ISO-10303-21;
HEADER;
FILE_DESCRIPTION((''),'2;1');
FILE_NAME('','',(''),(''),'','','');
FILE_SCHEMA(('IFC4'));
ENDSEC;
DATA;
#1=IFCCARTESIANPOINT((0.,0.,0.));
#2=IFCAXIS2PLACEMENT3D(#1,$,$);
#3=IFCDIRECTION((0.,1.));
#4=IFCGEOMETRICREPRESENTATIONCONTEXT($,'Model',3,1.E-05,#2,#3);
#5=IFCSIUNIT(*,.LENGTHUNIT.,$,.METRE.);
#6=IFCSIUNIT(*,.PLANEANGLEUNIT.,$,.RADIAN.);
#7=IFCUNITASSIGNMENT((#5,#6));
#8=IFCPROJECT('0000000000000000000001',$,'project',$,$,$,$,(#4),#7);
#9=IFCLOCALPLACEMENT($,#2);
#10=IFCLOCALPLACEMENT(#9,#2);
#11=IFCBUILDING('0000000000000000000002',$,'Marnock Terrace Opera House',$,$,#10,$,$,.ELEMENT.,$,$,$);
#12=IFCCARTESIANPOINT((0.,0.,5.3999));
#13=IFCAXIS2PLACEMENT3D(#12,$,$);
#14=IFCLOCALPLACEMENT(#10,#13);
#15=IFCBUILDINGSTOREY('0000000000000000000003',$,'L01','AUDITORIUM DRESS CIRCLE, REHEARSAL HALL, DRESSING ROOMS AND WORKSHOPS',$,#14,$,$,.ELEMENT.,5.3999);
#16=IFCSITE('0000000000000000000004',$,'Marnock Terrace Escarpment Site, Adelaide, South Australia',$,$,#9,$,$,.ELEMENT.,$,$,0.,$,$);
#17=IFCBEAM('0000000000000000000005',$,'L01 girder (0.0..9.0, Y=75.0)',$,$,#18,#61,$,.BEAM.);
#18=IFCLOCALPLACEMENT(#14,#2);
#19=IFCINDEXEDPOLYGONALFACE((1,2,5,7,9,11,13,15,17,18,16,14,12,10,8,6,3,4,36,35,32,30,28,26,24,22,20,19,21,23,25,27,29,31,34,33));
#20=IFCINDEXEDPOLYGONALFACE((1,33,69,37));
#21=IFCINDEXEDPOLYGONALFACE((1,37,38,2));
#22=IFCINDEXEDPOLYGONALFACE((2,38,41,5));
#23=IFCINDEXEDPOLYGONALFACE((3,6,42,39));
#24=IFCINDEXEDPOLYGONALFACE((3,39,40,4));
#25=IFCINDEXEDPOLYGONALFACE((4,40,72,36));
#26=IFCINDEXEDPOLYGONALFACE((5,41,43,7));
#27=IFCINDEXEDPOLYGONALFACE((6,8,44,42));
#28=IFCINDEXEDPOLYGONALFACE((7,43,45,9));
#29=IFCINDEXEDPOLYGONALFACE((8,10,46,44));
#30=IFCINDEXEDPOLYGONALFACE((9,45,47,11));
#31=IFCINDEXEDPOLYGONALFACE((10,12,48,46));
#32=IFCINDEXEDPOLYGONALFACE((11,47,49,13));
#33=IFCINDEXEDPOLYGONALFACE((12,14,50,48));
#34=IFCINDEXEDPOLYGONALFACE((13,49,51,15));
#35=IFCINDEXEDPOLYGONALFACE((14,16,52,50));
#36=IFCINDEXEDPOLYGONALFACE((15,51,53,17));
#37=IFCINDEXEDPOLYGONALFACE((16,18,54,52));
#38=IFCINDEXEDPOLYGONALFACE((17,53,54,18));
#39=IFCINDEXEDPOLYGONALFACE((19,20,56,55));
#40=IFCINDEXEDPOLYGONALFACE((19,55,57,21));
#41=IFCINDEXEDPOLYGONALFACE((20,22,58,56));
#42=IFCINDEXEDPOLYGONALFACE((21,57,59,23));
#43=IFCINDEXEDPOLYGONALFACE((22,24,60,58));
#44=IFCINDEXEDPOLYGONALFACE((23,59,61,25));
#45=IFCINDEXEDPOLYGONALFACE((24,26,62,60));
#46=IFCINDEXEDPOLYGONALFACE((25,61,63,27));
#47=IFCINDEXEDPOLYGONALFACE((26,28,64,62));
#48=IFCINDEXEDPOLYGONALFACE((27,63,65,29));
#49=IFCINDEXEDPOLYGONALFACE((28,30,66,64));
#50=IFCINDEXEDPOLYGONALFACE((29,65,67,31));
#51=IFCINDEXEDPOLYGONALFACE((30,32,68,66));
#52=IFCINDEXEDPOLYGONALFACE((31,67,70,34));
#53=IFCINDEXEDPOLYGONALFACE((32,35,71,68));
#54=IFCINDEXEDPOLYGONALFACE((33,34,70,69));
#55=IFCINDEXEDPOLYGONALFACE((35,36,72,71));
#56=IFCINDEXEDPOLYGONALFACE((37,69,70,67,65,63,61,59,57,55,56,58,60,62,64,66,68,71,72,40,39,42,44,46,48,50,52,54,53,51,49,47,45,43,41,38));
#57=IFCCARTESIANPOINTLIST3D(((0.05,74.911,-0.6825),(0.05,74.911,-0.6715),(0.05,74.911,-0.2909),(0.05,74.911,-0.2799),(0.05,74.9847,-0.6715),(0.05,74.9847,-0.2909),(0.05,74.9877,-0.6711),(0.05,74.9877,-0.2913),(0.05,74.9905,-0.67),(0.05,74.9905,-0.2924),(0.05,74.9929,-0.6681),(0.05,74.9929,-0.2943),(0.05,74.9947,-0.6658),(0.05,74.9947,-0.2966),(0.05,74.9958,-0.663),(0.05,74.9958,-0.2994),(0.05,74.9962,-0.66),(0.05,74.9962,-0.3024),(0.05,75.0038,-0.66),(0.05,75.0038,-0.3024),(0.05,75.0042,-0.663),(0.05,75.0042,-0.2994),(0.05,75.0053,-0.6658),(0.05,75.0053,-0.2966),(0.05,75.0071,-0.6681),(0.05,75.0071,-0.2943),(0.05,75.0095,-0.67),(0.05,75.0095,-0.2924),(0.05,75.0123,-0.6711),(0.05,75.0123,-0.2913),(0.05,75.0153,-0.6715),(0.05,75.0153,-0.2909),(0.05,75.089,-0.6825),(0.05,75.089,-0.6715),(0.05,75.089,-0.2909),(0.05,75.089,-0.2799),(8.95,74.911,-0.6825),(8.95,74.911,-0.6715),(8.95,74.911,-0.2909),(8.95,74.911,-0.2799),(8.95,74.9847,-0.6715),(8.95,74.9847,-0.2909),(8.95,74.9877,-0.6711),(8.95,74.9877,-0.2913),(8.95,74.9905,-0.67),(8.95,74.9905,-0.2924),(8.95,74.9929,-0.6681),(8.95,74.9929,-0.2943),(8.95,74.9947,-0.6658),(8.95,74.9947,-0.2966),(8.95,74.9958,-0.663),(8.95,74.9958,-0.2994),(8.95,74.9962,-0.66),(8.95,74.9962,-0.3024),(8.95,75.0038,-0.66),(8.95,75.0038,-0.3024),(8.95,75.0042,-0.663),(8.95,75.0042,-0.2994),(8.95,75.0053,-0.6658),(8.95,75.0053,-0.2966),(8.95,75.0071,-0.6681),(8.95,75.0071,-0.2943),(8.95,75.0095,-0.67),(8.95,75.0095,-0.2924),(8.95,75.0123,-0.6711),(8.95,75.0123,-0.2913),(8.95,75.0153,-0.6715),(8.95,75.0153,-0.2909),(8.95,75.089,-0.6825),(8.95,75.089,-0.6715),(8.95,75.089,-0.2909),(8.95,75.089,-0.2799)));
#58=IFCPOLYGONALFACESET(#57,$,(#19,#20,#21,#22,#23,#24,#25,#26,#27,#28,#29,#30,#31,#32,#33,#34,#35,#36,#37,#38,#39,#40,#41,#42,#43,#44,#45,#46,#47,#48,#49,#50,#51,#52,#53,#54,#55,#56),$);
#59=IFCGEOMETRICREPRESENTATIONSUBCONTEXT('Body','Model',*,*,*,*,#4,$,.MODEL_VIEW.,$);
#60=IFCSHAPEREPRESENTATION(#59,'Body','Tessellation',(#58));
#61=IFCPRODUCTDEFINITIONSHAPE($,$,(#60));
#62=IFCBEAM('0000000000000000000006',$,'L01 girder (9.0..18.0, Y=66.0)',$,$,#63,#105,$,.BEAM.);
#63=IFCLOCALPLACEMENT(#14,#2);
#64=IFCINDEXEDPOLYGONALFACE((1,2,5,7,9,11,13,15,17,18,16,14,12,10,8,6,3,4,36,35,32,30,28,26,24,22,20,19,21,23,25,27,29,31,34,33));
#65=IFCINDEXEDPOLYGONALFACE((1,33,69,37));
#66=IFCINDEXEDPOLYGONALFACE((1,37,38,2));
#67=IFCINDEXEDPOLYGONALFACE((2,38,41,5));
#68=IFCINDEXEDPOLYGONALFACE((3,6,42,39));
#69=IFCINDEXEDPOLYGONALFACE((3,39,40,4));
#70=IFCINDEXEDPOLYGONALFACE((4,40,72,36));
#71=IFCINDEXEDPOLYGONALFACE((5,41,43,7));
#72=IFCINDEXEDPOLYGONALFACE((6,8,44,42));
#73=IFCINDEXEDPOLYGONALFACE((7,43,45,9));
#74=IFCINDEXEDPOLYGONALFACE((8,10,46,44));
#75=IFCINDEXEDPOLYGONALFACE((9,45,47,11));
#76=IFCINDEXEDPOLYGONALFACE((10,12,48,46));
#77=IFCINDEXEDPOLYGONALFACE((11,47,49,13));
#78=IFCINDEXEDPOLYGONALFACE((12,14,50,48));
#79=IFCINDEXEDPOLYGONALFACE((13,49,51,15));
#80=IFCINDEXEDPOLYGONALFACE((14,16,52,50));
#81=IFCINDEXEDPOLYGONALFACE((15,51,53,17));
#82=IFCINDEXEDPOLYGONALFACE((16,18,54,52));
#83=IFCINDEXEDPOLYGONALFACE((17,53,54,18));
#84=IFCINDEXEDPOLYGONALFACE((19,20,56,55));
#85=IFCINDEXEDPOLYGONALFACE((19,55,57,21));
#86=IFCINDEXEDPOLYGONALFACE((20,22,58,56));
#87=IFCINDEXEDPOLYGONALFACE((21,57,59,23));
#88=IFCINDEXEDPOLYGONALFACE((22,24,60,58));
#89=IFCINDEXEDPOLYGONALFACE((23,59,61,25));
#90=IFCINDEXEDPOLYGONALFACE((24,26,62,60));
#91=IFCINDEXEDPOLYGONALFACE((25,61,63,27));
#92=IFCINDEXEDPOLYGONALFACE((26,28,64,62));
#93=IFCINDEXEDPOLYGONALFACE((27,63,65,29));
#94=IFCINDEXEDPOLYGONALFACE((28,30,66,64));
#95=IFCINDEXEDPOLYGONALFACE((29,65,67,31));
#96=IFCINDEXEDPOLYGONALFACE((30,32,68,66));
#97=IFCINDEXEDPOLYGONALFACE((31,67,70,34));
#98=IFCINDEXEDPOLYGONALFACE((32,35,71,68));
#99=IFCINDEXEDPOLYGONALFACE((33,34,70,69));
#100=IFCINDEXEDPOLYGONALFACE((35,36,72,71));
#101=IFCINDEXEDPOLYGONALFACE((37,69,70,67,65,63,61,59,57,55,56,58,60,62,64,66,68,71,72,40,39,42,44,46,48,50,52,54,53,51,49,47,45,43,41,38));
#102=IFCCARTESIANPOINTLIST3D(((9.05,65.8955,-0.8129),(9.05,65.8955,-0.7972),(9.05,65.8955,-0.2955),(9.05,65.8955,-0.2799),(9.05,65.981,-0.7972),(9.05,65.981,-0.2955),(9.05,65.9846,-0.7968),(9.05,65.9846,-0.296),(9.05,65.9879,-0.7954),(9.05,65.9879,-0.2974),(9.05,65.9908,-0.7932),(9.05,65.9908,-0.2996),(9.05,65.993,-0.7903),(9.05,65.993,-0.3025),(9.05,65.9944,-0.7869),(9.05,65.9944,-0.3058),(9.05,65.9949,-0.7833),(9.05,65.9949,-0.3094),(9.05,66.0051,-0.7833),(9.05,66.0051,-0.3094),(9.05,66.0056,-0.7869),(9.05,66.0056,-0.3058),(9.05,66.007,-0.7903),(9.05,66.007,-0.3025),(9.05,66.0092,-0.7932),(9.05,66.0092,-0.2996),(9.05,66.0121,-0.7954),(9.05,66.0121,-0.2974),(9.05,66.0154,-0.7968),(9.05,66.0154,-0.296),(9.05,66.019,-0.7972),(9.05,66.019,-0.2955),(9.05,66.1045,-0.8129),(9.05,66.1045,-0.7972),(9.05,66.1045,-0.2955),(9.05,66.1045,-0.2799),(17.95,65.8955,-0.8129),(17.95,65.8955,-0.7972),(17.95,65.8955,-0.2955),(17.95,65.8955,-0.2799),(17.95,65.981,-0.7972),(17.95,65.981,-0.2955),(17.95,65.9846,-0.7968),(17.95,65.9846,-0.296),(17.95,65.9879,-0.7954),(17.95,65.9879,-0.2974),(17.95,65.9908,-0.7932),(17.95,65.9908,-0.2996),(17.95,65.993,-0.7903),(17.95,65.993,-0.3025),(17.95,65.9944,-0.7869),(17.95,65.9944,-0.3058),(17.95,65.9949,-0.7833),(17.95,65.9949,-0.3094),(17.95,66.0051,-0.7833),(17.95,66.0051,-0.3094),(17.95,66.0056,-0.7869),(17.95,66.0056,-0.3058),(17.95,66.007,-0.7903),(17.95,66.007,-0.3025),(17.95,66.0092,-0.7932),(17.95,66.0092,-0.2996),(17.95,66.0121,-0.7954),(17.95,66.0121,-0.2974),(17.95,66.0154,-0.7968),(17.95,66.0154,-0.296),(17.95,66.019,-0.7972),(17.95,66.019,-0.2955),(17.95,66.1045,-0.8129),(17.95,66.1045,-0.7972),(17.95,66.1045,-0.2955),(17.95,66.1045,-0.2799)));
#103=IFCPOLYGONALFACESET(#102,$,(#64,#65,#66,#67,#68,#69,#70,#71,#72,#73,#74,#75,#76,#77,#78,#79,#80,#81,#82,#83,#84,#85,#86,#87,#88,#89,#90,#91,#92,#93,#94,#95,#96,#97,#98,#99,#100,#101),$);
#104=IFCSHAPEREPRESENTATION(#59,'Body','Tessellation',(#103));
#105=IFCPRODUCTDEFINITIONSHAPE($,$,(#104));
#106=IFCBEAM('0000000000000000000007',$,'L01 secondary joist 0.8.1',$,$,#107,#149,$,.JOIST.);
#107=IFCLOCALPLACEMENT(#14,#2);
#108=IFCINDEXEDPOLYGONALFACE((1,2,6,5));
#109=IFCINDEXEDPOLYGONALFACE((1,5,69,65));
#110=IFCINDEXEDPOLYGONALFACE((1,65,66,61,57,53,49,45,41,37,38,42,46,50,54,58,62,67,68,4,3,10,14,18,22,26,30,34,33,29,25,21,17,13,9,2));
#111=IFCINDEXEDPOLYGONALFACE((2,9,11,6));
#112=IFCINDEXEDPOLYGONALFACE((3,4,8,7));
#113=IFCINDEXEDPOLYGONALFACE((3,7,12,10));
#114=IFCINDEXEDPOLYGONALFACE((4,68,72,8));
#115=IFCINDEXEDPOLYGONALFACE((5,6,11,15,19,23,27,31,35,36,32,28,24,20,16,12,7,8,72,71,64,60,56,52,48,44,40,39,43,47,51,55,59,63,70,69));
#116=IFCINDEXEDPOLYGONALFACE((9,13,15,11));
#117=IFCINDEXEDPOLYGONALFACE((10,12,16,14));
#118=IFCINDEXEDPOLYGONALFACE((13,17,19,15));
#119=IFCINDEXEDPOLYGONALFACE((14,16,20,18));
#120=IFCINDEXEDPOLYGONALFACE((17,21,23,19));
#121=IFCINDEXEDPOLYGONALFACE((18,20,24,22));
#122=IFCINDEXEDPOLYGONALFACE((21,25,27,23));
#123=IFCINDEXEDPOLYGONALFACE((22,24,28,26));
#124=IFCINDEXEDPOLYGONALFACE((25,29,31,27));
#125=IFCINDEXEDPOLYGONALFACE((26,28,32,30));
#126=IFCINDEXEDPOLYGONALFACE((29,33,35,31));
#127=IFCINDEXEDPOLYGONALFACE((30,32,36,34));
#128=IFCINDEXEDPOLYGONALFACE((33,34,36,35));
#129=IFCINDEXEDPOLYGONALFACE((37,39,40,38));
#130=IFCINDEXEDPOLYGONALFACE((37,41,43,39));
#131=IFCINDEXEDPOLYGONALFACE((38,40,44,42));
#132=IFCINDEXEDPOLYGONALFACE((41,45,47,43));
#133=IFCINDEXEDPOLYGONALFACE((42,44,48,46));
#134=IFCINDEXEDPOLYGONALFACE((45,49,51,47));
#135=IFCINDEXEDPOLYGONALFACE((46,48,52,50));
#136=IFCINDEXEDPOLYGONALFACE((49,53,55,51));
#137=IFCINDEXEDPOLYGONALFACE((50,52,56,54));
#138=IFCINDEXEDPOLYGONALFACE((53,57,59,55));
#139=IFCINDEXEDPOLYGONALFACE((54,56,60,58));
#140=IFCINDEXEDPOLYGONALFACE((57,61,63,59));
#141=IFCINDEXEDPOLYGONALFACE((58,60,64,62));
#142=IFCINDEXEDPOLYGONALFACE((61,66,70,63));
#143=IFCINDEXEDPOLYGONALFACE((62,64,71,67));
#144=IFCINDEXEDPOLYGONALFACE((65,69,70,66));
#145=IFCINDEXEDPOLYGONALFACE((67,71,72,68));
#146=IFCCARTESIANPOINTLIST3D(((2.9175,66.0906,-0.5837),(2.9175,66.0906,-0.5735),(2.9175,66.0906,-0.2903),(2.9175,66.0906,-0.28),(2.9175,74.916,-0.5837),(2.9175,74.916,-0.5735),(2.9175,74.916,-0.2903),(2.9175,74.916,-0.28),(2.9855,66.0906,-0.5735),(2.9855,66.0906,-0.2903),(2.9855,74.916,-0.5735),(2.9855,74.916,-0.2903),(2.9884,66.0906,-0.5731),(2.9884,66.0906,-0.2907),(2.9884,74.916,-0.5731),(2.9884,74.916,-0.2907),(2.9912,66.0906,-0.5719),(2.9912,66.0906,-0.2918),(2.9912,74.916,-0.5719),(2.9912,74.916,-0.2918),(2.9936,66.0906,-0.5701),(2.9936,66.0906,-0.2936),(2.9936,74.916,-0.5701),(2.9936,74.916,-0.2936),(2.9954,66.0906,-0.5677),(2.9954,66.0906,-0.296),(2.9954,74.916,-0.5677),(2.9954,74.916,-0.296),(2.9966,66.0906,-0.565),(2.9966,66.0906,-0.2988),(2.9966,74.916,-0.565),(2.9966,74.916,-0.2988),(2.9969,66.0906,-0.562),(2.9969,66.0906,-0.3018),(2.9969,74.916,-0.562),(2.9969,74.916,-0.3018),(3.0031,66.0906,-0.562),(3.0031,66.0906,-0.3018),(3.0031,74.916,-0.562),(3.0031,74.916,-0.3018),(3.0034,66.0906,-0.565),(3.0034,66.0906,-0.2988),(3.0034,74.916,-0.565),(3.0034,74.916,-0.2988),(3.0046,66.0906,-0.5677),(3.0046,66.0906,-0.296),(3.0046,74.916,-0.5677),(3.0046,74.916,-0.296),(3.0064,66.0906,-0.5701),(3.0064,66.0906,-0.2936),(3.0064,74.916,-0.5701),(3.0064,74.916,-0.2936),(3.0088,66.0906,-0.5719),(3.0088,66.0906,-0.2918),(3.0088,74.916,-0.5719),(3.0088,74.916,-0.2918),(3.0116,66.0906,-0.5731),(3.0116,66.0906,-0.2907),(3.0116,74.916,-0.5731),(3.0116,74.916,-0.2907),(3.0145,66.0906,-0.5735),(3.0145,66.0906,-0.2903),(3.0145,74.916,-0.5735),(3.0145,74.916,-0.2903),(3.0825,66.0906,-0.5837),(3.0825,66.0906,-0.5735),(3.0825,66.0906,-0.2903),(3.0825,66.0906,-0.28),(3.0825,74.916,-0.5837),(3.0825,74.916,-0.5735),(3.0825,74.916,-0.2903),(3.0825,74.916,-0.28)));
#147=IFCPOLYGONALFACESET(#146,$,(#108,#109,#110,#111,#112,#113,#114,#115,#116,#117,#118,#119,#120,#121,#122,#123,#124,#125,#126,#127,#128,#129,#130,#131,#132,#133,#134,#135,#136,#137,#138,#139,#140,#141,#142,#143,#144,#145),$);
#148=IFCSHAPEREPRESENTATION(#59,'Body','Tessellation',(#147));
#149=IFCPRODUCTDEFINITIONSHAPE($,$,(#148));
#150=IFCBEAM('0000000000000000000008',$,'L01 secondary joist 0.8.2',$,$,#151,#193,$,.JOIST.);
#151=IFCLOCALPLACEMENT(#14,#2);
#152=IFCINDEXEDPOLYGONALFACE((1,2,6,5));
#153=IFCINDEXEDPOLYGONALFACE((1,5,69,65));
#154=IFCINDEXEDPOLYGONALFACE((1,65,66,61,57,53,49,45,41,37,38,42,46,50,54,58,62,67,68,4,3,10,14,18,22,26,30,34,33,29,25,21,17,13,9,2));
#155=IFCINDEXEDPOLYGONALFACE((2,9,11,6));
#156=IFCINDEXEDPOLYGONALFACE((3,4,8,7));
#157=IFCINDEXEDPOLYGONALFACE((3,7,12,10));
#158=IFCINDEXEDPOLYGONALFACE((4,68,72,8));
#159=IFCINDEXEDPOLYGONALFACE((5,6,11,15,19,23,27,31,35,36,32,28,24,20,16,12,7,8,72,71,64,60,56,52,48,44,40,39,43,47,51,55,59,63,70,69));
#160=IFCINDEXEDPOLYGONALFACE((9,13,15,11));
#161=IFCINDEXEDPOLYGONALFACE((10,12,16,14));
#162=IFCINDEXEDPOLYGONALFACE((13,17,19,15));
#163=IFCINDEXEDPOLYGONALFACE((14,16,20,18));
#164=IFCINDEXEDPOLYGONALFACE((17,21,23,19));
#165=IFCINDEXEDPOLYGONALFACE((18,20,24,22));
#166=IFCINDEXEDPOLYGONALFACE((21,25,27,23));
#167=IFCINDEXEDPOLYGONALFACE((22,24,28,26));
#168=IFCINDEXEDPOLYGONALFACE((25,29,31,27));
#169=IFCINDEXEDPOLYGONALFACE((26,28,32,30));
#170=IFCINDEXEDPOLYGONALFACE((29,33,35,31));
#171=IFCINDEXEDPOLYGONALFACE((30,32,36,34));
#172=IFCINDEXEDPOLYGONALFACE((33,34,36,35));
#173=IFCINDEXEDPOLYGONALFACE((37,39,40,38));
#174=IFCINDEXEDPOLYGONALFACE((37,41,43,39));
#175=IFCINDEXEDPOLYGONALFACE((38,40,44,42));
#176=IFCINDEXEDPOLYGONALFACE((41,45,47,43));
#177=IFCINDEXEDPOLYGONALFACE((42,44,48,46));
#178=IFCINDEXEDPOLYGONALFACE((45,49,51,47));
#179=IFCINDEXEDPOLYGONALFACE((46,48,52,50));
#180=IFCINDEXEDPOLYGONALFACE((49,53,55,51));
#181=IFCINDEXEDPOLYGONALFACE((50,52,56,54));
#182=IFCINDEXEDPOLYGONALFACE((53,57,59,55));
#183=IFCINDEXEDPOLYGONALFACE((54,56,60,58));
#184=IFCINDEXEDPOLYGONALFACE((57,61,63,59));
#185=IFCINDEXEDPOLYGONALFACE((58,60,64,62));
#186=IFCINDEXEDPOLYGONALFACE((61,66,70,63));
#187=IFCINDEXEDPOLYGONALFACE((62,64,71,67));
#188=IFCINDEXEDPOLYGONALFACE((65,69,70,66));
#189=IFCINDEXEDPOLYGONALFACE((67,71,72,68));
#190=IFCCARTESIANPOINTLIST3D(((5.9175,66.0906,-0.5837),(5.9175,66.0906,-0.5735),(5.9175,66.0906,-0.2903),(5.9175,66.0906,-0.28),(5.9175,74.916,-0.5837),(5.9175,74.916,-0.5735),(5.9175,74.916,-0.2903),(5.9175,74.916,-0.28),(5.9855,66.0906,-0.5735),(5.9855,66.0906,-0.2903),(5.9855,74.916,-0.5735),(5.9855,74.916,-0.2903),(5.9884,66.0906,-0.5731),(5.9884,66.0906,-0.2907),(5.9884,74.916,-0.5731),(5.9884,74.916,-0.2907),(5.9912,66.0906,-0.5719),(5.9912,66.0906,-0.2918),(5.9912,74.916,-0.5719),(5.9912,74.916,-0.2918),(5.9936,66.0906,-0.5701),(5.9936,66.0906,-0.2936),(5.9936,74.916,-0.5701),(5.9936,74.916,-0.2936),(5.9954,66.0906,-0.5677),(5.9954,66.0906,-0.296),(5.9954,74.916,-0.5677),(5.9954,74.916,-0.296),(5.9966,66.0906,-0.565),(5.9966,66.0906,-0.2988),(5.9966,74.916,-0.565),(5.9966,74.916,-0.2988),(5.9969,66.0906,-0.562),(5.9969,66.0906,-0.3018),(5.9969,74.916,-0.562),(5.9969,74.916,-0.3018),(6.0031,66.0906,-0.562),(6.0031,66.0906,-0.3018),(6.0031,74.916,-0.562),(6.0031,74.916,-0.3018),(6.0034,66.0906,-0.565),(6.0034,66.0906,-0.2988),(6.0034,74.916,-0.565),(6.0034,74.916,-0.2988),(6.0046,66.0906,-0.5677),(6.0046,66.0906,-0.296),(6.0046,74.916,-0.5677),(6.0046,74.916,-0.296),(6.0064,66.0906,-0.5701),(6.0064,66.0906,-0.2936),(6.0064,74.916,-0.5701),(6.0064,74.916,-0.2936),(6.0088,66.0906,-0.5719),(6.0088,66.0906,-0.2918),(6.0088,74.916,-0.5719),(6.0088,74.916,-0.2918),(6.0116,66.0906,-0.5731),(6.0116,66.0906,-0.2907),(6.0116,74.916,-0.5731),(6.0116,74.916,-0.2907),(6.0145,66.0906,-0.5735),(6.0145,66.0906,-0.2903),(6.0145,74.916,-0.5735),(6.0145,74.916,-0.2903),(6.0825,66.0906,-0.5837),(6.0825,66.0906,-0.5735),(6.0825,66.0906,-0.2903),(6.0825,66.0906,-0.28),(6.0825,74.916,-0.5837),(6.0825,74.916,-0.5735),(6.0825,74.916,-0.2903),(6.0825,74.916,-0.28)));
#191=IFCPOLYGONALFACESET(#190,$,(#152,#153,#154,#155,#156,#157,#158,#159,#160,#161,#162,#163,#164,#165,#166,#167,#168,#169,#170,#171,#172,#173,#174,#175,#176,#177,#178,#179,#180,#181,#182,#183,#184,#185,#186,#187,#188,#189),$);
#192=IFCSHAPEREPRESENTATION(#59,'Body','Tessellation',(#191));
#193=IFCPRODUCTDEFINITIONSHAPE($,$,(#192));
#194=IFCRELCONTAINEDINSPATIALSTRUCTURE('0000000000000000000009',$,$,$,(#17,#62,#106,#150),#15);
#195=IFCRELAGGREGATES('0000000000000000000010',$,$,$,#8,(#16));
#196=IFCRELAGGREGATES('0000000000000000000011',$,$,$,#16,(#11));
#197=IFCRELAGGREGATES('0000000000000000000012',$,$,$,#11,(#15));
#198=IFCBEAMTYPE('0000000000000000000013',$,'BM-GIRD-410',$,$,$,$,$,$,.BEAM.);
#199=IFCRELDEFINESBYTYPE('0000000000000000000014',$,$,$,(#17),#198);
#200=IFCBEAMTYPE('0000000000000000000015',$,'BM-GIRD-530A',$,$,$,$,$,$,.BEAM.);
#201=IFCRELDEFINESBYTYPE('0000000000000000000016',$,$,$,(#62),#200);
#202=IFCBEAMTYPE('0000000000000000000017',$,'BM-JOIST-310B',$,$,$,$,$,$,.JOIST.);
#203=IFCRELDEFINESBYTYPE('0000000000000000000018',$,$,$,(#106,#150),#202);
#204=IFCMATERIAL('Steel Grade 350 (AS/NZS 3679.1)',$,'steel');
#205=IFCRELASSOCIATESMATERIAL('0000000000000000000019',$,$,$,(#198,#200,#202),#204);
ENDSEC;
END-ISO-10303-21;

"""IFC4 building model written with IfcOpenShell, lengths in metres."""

from ifc_helpers import new_model, si_unit, direction, frame, origin, origin_2d, place, context, subcontext, project, spatial, i_section, extrude, material, material_profile, profile_set, type_object, element, save


model = new_model("IFC4")

# Units and contexts
model_context = context("Model", 3, precision=1e-05, world=origin(), true_north=direction((0.0, 1.0)))
body_context = subcontext(model_context, "Body", "Model", "MODEL_VIEW")
ifc_project = project(units=[si_unit("LENGTHUNIT", "METRE"), si_unit("PLANEANGLEUNIT", "RADIAN")], contexts=[model_context])

# Site, building, storey
site_placement = place(None, origin())
site = spatial("IfcSite", under=ifc_project, at=site_placement, Name="Marnock Terrace Escarpment Site, Adelaide, South Australia", CompositionType="ELEMENT", RefElevation=0.0)
building_placement = place(site_placement, origin())
building = spatial("IfcBuilding", under=site, at=building_placement, Name="Marnock Terrace Opera House", CompositionType="ELEMENT")
storey_placement = place(building_placement, frame((0.0, 0.0, 5.3999)))
storey = spatial("IfcBuildingStorey", under=building, at=storey_placement, Name="L01", Description="AUDITORIUM DRESS CIRCLE, REHEARSAL HALL, DRESSING ROOMS AND WORKSHOPS", CompositionType="ELEMENT", Elevation=5.3999)

# Shared definitions
ifc_material_1 = material(Name="Steel Grade 350 (AS/NZS 3679.1)", Category="steel")

# Beams
ifc_material_profile_1 = material_profile(ifc_material_1, i_section(OverallWidth=0.178, OverallDepth=0.4026, WebThickness=0.0076, FlangeThickness=0.011, FilletRadius=0.0115, at=origin_2d()))
ifc_profile_set_1 = profile_set([ifc_material_profile_1], Name="Steel Grade 350 (AS/NZS 3679.1)")
beam_type_1 = type_object("IfcBeamType", Name="BM-GIRD-410", PredefinedType="BEAM", material=ifc_profile_set_1)
beam_1_placement = place(storey_placement, frame((0.05, 75.0, -0.4812), z_axis=(1.0, 0.0, 0.0), x_axis=(0.0, 1.0, 0.0)))
element("IfcBeam", 1, at=beam_1_placement, inside=storey, type_object=beam_type_1, Name="L01 girder (0.0..9.0, Y=75.0)", PredefinedType="BEAM", context=body_context, shape_type="SweptSolid", body=[
    extrude(i_section(OverallWidth=0.178, OverallDepth=0.4026, WebThickness=0.0076, FlangeThickness=0.011, FilletRadius=0.0115, at=origin_2d()), origin(), (0.0, 0.0, 1.0), 8.8999),
])
ifc_material_profile_2 = material_profile(ifc_material_1, i_section(OverallWidth=0.209, OverallDepth=0.533, WebThickness=0.0103, FlangeThickness=0.0156, FilletRadius=0.0139, at=origin_2d()))
ifc_profile_set_2 = profile_set([ifc_material_profile_2], Name="Steel Grade 350 (AS/NZS 3679.1)")
beam_type_2 = type_object("IfcBeamType", Name="BM-GIRD-530A", PredefinedType="BEAM", material=ifc_profile_set_2)
beam_2_placement = place(storey_placement, frame((9.05, 66.0, -0.5464), z_axis=(1.0, 0.0, 0.0), x_axis=(0.0, 1.0, 0.0)))
element("IfcBeam", 2, at=beam_2_placement, inside=storey, type_object=beam_type_2, Name="L01 girder (9.0..18.0, Y=66.0)", PredefinedType="BEAM", context=body_context, shape_type="SweptSolid", body=[
    extrude(i_section(OverallWidth=0.209, OverallDepth=0.533, WebThickness=0.0103, FlangeThickness=0.0156, FilletRadius=0.0139, at=origin_2d()), origin(), (0.0, 0.0, 1.0), 8.8999),
])
ifc_material_profile_3 = material_profile(ifc_material_1, i_section(OverallWidth=0.165, OverallDepth=0.3037, WebThickness=0.0061, FlangeThickness=0.0103, FilletRadius=0.0115, at=origin_2d()))
ifc_profile_set_3 = profile_set([ifc_material_profile_3], Name="Steel Grade 350 (AS/NZS 3679.1)")
beam_type_3 = type_object("IfcBeamType", Name="BM-JOIST-310B", PredefinedType="JOIST", material=ifc_profile_set_3)
for number, where, z_axis, x_axis, name in (
    (3, (3.0, 66.0906, -0.4319), (0.0, 1.0, 0.0), (-1.0, 0.0, 0.0), "L01 secondary joist 0.8.1"),
    (4, (6.0, 66.0906, -0.4319), (0.0, 1.0, 0.0), (-1.0, 0.0, 0.0), "L01 secondary joist 0.8.2"),
):
    element("IfcBeam", number, at=place(storey_placement, frame(where, z_axis=z_axis, x_axis=x_axis)), inside=storey, type_object=beam_type_3, Name=name, PredefinedType="JOIST", context=body_context, shape_type="SweptSolid", body=[
        extrude(i_section(OverallWidth=0.165, OverallDepth=0.3037, WebThickness=0.0061, FlangeThickness=0.0103, FilletRadius=0.0115, at=origin_2d()), origin(), (0.0, 0.0, 1.0), 8.8254),
    ])

save(model, "model.ifc")
